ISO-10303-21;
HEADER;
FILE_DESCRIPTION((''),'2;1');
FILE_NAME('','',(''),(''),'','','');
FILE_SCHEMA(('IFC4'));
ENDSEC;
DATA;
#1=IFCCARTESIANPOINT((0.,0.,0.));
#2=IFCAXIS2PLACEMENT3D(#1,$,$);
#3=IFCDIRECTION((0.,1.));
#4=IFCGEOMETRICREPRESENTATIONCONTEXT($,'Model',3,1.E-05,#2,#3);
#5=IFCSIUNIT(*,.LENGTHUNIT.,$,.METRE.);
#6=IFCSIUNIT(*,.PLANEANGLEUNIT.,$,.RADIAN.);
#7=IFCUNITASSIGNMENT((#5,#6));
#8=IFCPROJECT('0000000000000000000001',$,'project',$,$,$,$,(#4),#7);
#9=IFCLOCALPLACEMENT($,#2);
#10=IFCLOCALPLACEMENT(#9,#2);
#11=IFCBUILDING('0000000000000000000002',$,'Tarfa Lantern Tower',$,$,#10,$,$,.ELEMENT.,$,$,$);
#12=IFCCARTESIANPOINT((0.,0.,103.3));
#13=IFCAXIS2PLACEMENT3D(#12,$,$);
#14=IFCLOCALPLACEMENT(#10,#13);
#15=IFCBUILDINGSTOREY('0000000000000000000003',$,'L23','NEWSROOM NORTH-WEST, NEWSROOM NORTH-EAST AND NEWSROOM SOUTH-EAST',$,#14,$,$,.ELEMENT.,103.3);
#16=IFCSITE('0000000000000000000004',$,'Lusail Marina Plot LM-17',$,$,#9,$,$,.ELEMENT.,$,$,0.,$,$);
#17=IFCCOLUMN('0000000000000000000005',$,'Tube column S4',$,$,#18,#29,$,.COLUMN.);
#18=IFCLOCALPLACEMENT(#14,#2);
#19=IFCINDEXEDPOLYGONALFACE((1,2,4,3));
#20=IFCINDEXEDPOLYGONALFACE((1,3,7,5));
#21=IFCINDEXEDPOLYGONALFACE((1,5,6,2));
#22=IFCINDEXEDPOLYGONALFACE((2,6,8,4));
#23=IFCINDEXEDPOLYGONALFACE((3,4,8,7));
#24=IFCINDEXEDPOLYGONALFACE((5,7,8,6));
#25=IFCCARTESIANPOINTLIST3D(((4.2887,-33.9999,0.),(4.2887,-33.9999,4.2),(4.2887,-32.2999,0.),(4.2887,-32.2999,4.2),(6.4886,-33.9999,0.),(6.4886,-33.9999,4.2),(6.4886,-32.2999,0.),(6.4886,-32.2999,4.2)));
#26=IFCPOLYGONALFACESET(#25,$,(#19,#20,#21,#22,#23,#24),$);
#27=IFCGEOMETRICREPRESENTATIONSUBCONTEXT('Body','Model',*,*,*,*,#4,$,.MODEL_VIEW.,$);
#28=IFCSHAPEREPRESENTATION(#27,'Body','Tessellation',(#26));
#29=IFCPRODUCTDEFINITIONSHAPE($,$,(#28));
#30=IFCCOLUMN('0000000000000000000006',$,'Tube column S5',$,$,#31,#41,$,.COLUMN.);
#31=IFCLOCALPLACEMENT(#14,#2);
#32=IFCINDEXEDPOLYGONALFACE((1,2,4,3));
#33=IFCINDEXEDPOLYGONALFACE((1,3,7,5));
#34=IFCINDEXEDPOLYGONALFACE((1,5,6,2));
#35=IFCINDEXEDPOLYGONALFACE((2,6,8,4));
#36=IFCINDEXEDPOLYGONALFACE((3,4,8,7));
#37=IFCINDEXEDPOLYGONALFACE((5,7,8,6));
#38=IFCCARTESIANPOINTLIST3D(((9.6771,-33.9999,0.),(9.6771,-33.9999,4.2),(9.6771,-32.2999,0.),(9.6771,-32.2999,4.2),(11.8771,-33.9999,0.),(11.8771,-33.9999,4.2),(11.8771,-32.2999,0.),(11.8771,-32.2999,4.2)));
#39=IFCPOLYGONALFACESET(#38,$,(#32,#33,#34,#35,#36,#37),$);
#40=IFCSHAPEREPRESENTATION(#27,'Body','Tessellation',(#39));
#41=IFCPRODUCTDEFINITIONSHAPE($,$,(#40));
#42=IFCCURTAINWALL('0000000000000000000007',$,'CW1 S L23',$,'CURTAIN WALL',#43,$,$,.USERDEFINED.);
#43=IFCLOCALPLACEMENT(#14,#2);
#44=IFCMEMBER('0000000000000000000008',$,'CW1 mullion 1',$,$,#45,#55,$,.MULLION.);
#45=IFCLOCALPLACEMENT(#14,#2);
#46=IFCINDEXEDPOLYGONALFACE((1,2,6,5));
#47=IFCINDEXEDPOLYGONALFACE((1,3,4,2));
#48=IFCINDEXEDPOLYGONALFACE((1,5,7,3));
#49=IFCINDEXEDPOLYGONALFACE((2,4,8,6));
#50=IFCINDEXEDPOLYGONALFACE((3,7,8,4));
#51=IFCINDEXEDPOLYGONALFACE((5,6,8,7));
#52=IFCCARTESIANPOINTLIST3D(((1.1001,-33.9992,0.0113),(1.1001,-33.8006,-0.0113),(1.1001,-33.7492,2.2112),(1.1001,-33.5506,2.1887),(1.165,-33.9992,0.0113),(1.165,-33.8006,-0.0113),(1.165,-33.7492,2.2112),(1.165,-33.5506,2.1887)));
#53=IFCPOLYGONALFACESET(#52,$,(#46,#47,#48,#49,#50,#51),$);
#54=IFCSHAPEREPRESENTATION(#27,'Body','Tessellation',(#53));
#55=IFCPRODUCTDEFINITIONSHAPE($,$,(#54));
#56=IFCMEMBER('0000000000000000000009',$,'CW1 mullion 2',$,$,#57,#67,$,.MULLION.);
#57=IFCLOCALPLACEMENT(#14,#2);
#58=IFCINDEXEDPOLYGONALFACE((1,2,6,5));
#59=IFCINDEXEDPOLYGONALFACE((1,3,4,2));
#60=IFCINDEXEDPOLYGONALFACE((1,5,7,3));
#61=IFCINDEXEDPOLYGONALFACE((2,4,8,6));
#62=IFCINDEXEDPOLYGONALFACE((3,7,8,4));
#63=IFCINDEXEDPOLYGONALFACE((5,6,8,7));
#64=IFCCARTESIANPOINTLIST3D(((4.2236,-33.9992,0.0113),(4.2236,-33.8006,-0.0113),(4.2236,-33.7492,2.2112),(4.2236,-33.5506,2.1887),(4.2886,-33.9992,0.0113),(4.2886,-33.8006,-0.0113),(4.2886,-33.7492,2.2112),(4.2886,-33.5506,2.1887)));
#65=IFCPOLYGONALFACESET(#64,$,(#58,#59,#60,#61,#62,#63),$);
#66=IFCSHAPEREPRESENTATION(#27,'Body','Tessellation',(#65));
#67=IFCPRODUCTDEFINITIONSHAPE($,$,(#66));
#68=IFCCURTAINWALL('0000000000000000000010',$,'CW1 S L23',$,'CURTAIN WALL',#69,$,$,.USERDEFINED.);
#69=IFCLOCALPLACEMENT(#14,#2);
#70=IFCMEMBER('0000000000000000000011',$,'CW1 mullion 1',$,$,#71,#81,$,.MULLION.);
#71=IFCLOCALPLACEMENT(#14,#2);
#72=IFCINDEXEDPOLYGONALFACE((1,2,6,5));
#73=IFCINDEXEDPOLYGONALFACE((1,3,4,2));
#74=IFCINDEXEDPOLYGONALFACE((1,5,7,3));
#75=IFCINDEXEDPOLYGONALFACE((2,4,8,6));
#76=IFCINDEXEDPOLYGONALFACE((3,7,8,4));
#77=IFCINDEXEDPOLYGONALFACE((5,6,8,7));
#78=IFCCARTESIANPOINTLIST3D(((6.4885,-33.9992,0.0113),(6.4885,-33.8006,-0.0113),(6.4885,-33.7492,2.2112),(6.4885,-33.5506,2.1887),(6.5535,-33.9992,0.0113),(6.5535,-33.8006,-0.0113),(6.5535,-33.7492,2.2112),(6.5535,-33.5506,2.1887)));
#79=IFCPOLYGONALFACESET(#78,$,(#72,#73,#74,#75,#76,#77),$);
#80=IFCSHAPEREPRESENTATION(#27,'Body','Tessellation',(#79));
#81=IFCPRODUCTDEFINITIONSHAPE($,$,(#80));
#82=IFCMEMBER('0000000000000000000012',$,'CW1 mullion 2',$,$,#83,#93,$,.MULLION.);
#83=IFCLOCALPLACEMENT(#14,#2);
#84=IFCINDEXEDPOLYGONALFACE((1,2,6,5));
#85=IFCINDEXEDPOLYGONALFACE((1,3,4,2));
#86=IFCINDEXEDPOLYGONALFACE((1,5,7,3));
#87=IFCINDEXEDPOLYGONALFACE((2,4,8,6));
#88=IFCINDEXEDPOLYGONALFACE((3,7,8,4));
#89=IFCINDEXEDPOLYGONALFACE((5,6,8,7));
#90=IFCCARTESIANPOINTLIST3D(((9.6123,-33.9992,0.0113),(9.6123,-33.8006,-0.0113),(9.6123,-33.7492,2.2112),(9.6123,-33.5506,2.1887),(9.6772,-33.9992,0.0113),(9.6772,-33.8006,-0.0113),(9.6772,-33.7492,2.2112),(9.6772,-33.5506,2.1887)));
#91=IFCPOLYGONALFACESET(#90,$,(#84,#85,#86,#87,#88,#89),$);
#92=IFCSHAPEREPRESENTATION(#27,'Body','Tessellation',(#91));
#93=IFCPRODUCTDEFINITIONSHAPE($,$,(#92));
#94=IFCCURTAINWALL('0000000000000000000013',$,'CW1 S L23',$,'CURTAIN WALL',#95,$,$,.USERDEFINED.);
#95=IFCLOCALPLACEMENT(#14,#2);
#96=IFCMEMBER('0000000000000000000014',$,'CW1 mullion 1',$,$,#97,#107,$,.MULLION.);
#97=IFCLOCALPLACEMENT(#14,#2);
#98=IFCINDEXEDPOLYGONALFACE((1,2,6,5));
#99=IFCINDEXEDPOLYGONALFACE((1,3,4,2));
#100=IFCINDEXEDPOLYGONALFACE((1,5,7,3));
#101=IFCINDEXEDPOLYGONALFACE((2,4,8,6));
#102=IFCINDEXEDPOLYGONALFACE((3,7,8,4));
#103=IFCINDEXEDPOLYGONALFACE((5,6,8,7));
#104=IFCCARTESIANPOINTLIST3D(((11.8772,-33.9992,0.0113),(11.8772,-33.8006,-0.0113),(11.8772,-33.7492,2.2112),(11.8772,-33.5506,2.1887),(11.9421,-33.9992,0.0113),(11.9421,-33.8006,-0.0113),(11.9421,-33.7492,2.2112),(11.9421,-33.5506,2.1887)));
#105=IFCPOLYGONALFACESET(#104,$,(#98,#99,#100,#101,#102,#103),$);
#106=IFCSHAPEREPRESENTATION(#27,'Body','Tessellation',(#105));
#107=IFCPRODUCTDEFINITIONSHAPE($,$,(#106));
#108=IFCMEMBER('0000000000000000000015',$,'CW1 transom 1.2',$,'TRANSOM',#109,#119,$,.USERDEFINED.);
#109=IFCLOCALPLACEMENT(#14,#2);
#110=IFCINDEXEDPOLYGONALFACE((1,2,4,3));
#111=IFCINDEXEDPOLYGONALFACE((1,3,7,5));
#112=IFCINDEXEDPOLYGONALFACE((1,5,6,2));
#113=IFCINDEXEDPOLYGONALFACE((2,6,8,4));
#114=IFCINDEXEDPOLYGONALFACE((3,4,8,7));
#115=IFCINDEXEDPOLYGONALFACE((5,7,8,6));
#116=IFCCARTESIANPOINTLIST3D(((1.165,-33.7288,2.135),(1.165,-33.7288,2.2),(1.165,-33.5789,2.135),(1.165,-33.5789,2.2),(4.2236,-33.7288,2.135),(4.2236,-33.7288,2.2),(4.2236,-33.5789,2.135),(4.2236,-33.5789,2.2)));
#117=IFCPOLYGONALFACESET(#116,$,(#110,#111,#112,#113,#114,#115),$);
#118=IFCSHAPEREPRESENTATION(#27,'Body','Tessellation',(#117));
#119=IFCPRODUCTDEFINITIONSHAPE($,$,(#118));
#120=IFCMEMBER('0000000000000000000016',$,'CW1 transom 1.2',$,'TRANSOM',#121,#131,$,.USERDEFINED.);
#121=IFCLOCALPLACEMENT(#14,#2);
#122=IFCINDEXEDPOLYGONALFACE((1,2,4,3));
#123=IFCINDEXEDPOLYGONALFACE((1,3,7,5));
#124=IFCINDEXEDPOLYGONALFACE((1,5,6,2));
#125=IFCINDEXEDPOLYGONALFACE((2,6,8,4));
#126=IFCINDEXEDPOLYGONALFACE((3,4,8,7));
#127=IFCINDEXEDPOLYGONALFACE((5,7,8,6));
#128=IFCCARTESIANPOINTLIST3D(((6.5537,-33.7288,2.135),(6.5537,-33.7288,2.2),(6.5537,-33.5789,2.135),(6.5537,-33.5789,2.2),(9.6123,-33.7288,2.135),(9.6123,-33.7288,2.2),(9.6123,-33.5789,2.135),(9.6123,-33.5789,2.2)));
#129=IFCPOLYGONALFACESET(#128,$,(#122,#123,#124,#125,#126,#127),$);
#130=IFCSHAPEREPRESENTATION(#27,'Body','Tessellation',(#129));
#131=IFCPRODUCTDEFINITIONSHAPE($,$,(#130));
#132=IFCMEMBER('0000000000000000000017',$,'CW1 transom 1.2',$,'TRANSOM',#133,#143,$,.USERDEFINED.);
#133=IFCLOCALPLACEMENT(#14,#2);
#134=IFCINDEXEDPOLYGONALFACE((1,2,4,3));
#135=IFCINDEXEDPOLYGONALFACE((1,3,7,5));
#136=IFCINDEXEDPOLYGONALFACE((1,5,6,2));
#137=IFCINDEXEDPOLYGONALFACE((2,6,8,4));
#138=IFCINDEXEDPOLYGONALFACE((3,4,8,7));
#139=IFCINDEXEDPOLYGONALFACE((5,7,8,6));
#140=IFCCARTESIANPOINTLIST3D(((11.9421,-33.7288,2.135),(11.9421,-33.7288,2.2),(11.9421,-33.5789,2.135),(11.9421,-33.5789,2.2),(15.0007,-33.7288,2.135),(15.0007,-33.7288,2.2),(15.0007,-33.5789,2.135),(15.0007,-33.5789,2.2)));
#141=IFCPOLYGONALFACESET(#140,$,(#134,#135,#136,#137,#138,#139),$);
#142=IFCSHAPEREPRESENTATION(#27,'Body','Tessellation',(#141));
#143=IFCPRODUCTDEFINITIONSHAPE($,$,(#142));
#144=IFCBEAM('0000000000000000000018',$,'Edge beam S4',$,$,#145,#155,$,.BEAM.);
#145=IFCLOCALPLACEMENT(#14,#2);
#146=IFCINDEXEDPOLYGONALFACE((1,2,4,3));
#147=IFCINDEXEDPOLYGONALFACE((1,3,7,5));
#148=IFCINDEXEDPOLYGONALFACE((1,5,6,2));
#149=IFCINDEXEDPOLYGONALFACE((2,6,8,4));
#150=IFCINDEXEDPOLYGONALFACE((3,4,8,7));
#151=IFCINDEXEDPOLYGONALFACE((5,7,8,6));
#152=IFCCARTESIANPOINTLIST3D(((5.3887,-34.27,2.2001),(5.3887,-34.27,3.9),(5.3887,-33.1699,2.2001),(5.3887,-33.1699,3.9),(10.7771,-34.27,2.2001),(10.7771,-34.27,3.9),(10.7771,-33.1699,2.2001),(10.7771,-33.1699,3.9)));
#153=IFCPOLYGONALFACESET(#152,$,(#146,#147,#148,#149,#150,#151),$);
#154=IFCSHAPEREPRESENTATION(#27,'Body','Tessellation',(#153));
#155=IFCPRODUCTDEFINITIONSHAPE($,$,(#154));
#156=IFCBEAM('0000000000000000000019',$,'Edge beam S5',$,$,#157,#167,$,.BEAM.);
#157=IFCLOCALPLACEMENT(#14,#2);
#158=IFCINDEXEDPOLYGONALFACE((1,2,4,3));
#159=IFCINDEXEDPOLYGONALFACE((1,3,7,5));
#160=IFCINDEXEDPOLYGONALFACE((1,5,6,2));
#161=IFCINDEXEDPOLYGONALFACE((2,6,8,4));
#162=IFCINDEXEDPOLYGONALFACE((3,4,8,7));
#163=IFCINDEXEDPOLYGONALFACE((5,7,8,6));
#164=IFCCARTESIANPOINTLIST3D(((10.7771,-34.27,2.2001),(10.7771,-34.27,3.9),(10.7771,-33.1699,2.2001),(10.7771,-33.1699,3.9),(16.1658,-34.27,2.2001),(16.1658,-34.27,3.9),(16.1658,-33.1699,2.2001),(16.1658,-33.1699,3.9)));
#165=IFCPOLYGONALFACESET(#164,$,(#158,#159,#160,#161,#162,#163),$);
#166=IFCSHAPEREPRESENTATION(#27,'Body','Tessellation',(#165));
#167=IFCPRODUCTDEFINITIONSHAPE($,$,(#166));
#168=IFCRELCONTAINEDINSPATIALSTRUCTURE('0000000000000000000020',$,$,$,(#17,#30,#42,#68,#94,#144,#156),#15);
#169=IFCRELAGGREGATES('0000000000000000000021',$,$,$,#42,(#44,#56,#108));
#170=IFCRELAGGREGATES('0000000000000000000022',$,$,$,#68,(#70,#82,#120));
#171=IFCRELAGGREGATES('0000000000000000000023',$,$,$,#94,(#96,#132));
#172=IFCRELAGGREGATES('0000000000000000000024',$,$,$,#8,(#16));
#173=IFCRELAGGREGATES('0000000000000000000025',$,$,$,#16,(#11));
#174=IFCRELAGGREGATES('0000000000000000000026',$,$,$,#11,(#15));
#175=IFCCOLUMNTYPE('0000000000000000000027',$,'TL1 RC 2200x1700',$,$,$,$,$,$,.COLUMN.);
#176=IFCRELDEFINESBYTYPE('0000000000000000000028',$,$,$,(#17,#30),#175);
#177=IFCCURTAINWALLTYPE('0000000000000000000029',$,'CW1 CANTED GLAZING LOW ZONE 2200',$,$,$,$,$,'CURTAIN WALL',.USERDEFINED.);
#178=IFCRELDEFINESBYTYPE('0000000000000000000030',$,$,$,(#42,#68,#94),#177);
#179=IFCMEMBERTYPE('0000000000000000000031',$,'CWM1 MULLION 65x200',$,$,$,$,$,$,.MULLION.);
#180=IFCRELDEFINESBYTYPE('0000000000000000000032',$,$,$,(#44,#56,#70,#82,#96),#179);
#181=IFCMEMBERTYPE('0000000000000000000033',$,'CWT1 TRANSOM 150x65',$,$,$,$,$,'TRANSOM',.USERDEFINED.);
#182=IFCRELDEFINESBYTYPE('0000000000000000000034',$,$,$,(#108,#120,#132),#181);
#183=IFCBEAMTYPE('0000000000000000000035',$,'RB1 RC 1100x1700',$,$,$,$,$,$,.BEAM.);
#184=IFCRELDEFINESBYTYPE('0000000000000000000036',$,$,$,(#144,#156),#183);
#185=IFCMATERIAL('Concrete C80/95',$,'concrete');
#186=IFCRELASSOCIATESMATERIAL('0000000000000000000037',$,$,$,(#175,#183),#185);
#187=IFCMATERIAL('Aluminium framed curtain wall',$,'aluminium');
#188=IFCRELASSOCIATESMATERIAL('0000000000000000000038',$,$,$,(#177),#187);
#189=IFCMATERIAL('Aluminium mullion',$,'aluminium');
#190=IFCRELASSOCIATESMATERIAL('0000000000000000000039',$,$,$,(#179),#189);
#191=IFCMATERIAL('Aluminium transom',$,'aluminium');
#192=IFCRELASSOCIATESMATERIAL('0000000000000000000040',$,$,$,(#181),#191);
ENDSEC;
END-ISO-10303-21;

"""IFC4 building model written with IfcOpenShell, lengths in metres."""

from ifc_helpers import new_model, si_unit, direction, frame, origin, origin_2d, place, context, subcontext, project, spatial, rectangle, extrude, material, material_profile, profile_set, type_object, element, aggregate, save


model = new_model("IFC4")

# Units and contexts
model_context = context("Model", 3, precision=1e-05, world=origin(), true_north=direction((0.0, 1.0)))
body_context = subcontext(model_context, "Body", "Model", "MODEL_VIEW")
ifc_project = project(units=[si_unit("LENGTHUNIT", "METRE"), si_unit("PLANEANGLEUNIT", "RADIAN")], contexts=[model_context])

# Site, building, storey
site_placement = place(None, origin())
site = spatial("IfcSite", under=ifc_project, at=site_placement, Name="Lusail Marina Plot LM-17", CompositionType="ELEMENT", RefElevation=0.0)
building_placement = place(site_placement, origin())
building = spatial("IfcBuilding", under=site, at=building_placement, Name="Tarfa Lantern Tower", CompositionType="ELEMENT")
storey_placement = place(building_placement, frame((0.0, 0.0, 103.3)))
storey = spatial("IfcBuildingStorey", under=building, at=storey_placement, Name="L23", Description="NEWSROOM NORTH-WEST, NEWSROOM NORTH-EAST AND NEWSROOM SOUTH-EAST", CompositionType="ELEMENT", Elevation=103.3)

# Columns
ifc_material_1 = material(Name="Concrete C80/95", Category="concrete")
ifc_material_profile_1 = material_profile(ifc_material_1, rectangle(XDim=2.2, YDim=1.7, at=origin_2d()), Name="RC 2200x1700")
ifc_profile_set_1 = profile_set([ifc_material_profile_1], Name="Concrete C80/95")
column_type = type_object("IfcColumnType", Name="TL1 RC 2200x1700", PredefinedType="COLUMN", material=ifc_profile_set_1)
for number, where, z_axis, x_axis, name in (
    (1, (5.3887, -33.1499, 0.0), (0.0, 0.0, 1.0), (1.0, 0.0, 0.0), "Tube column S4"),
    (2, (10.7771, -33.1499, 0.0), (0.0, 0.0, 1.0), (1.0, 0.0, 0.0), "Tube column S5"),
):
    element("IfcColumn", number, at=place(storey_placement, frame(where, z_axis=z_axis, x_axis=x_axis)), inside=storey, type_object=column_type, Name=name, PredefinedType="COLUMN", context=body_context, shape_type="SweptSolid", body=[
        extrude(rectangle(XDim=2.2, YDim=1.7, at=origin_2d()), origin(), (0.0, 0.0, 1.0), 4.2),
    ])

# Curtain walls, members
ifc_material_2 = material(Name="Aluminium framed curtain wall", Category="aluminium")
curtain_wall_type = type_object("IfcCurtainWallType", Name="CW1 CANTED GLAZING LOW ZONE 2200", ElementType="CURTAIN WALL", PredefinedType="USERDEFINED", material=ifc_material_2)
curtain_wall_1_placement = place(storey_placement, origin())
curtain_wall_1 = element("IfcCurtainWall", 3, at=curtain_wall_1_placement, inside=storey, type_object=curtain_wall_type, Name="CW1 S L23", ObjectType="CURTAIN WALL", PredefinedType="USERDEFINED")
ifc_material_3 = material(Name="Aluminium mullion", Category="aluminium")
ifc_material_profile_2 = material_profile(ifc_material_3, rectangle(XDim=0.0649, YDim=0.2, at=origin_2d()), Name="AL MULLION 65x200")
ifc_profile_set_2 = profile_set([ifc_material_profile_2], Name="Aluminium mullion")
member_type_1 = type_object("IfcMemberType", Name="CWM1 MULLION 65x200", PredefinedType="MULLION", material=ifc_profile_set_2)
member_1_placement = place(storey_placement, frame((1.1326, -33.8999, 0.0), z_axis=(0.0, 0.112912, 0.993605), x_axis=(-1.0, 0.0, 0.0)))
member_1 = element("IfcMember", 4, at=member_1_placement, type_object=member_type_1, Name="CW1 mullion 1", PredefinedType="MULLION", context=body_context, shape_type="SweptSolid", body=[
    extrude(rectangle(XDim=0.0649, YDim=0.2, at=origin_2d()), origin(), (0.0, 0.0, 1.0), 2.2141),
])
member_2_placement = place(storey_placement, frame((4.2561, -33.8999, 0.0), z_axis=(0.0, 0.112912, 0.993605), x_axis=(-1.0, 0.0, 0.0)))
member_2 = element("IfcMember", 5, at=member_2_placement, type_object=member_type_1, Name="CW1 mullion 2", PredefinedType="MULLION", context=body_context, shape_type="SweptSolid", body=[
    extrude(rectangle(XDim=0.0649, YDim=0.2, at=origin_2d()), origin(), (0.0, 0.0, 1.0), 2.2141),
])
curtain_wall_2_placement = place(storey_placement, origin())
curtain_wall_2 = element("IfcCurtainWall", 6, at=curtain_wall_2_placement, inside=storey, type_object=curtain_wall_type, Name="CW1 S L23", ObjectType="CURTAIN WALL", PredefinedType="USERDEFINED")
member_3_placement = place(storey_placement, frame((6.521, -33.8999, 0.0), z_axis=(0.0, 0.112912, 0.993605), x_axis=(-1.0, 0.0, 0.0)))
member_3 = element("IfcMember", 7, at=member_3_placement, type_object=member_type_1, Name="CW1 mullion 1", PredefinedType="MULLION", context=body_context, shape_type="SweptSolid", body=[
    extrude(rectangle(XDim=0.0649, YDim=0.2, at=origin_2d()), origin(), (0.0, 0.0, 1.0), 2.2141),
])
member_4_placement = place(storey_placement, frame((9.6448, -33.8999, 0.0), z_axis=(0.0, 0.112912, 0.993605), x_axis=(-1.0, 0.0, 0.0)))
member_4 = element("IfcMember", 8, at=member_4_placement, type_object=member_type_1, Name="CW1 mullion 2", PredefinedType="MULLION", context=body_context, shape_type="SweptSolid", body=[
    extrude(rectangle(XDim=0.0649, YDim=0.2, at=origin_2d()), origin(), (0.0, 0.0, 1.0), 2.2141),
])

# Curtain wall, member
curtain_wall_3_placement = place(storey_placement, origin())
curtain_wall_3 = element("IfcCurtainWall", 9, at=curtain_wall_3_placement, inside=storey, type_object=curtain_wall_type, Name="CW1 S L23", ObjectType="CURTAIN WALL", PredefinedType="USERDEFINED")
member_5_placement = place(storey_placement, frame((11.9097, -33.8999, 0.0), z_axis=(0.0, 0.112912, 0.993605), x_axis=(-1.0, 0.0, 0.0)))
member_5 = element("IfcMember", 10, at=member_5_placement, type_object=member_type_1, Name="CW1 mullion 1", PredefinedType="MULLION", context=body_context, shape_type="SweptSolid", body=[
    extrude(rectangle(XDim=0.0649, YDim=0.2, at=origin_2d()), origin(), (0.0, 0.0, 1.0), 2.2141),
])

# Members
ifc_material_4 = material(Name="Aluminium transom", Category="aluminium")
ifc_material_profile_3 = material_profile(ifc_material_4, rectangle(XDim=0.1499, YDim=0.0649, at=origin_2d()), Name="AL TRANSOM 150x65")
ifc_profile_set_3 = profile_set([ifc_material_profile_3], Name="Aluminium transom")
member_type_2 = type_object("IfcMemberType", Name="CWT1 TRANSOM 150x65", ElementType="TRANSOM", PredefinedType="USERDEFINED", material=ifc_profile_set_3)
member_6_placement = place(storey_placement, frame((1.165, -33.6538, 2.1675), z_axis=(1.0, 0.0, 0.0), x_axis=(0.0, 1.0, 0.0)))
member_6 = element("IfcMember", 11, at=member_6_placement, type_object=member_type_2, Name="CW1 transom 1.2", ObjectType="TRANSOM", PredefinedType="USERDEFINED", context=body_context, shape_type="SweptSolid", body=[
    extrude(rectangle(XDim=0.1499, YDim=0.0649, at=origin_2d()), origin(), (0.0, 0.0, 1.0), 3.0586),
])
member_7_placement = place(storey_placement, frame((6.5537, -33.6538, 2.1675), z_axis=(1.0, 0.0, 0.0), x_axis=(0.0, 1.0, 0.0)))
member_7 = element("IfcMember", 12, at=member_7_placement, type_object=member_type_2, Name="CW1 transom 1.2", ObjectType="TRANSOM", PredefinedType="USERDEFINED", context=body_context, shape_type="SweptSolid", body=[
    extrude(rectangle(XDim=0.1499, YDim=0.0649, at=origin_2d()), origin(), (0.0, 0.0, 1.0), 3.0586),
])
member_8_placement = place(storey_placement, frame((11.9421, -33.6538, 2.1675), z_axis=(1.0, 0.0, 0.0), x_axis=(0.0, 1.0, 0.0)))
member_8 = element("IfcMember", 13, at=member_8_placement, type_object=member_type_2, Name="CW1 transom 1.2", ObjectType="TRANSOM", PredefinedType="USERDEFINED", context=body_context, shape_type="SweptSolid", body=[
    extrude(rectangle(XDim=0.1499, YDim=0.0649, at=origin_2d()), origin(), (0.0, 0.0, 1.0), 3.0586),
])

# Beams
ifc_material_profile_4 = material_profile(ifc_material_1, rectangle(XDim=1.1001, YDim=1.7, at=origin_2d()), Name="RC 1100x1700")
ifc_profile_set_4 = profile_set([ifc_material_profile_4], Name="Concrete C80/95")
beam_type_1 = type_object("IfcBeamType", Name="RB1 RC 1100x1700", PredefinedType="BEAM", material=ifc_profile_set_4)
beam_1_placement = place(storey_placement, frame((5.3887, -33.72, 3.05), z_axis=(1.0, 0.0, 0.0), x_axis=(0.0, 1.0, 0.0)))
element("IfcBeam", 14, at=beam_1_placement, inside=storey, type_object=beam_type_1, Name="Edge beam S4", PredefinedType="BEAM", context=body_context, shape_type="SweptSolid", body=[
    extrude(rectangle(XDim=1.1001, YDim=1.7, at=origin_2d()), origin(), (0.0, 0.0, 1.0), 5.3884),
])
beam_2_placement = place(storey_placement, frame((10.7771, -33.72, 3.05), z_axis=(1.0, 0.0, 0.0), x_axis=(0.0, 1.0, 0.0)))
element("IfcBeam", 15, at=beam_2_placement, inside=storey, type_object=beam_type_1, Name="Edge beam S5", PredefinedType="BEAM", context=body_context, shape_type="SweptSolid", body=[
    extrude(rectangle(XDim=1.1001, YDim=1.7, at=origin_2d()), origin(), (0.0, 0.0, 1.0), 5.3887),
])

aggregate(curtain_wall_1, [member_1, member_2, member_6])
aggregate(curtain_wall_2, [member_3, member_4, member_7])
aggregate(curtain_wall_3, [member_5, member_8])

save(model, "model.ifc")
